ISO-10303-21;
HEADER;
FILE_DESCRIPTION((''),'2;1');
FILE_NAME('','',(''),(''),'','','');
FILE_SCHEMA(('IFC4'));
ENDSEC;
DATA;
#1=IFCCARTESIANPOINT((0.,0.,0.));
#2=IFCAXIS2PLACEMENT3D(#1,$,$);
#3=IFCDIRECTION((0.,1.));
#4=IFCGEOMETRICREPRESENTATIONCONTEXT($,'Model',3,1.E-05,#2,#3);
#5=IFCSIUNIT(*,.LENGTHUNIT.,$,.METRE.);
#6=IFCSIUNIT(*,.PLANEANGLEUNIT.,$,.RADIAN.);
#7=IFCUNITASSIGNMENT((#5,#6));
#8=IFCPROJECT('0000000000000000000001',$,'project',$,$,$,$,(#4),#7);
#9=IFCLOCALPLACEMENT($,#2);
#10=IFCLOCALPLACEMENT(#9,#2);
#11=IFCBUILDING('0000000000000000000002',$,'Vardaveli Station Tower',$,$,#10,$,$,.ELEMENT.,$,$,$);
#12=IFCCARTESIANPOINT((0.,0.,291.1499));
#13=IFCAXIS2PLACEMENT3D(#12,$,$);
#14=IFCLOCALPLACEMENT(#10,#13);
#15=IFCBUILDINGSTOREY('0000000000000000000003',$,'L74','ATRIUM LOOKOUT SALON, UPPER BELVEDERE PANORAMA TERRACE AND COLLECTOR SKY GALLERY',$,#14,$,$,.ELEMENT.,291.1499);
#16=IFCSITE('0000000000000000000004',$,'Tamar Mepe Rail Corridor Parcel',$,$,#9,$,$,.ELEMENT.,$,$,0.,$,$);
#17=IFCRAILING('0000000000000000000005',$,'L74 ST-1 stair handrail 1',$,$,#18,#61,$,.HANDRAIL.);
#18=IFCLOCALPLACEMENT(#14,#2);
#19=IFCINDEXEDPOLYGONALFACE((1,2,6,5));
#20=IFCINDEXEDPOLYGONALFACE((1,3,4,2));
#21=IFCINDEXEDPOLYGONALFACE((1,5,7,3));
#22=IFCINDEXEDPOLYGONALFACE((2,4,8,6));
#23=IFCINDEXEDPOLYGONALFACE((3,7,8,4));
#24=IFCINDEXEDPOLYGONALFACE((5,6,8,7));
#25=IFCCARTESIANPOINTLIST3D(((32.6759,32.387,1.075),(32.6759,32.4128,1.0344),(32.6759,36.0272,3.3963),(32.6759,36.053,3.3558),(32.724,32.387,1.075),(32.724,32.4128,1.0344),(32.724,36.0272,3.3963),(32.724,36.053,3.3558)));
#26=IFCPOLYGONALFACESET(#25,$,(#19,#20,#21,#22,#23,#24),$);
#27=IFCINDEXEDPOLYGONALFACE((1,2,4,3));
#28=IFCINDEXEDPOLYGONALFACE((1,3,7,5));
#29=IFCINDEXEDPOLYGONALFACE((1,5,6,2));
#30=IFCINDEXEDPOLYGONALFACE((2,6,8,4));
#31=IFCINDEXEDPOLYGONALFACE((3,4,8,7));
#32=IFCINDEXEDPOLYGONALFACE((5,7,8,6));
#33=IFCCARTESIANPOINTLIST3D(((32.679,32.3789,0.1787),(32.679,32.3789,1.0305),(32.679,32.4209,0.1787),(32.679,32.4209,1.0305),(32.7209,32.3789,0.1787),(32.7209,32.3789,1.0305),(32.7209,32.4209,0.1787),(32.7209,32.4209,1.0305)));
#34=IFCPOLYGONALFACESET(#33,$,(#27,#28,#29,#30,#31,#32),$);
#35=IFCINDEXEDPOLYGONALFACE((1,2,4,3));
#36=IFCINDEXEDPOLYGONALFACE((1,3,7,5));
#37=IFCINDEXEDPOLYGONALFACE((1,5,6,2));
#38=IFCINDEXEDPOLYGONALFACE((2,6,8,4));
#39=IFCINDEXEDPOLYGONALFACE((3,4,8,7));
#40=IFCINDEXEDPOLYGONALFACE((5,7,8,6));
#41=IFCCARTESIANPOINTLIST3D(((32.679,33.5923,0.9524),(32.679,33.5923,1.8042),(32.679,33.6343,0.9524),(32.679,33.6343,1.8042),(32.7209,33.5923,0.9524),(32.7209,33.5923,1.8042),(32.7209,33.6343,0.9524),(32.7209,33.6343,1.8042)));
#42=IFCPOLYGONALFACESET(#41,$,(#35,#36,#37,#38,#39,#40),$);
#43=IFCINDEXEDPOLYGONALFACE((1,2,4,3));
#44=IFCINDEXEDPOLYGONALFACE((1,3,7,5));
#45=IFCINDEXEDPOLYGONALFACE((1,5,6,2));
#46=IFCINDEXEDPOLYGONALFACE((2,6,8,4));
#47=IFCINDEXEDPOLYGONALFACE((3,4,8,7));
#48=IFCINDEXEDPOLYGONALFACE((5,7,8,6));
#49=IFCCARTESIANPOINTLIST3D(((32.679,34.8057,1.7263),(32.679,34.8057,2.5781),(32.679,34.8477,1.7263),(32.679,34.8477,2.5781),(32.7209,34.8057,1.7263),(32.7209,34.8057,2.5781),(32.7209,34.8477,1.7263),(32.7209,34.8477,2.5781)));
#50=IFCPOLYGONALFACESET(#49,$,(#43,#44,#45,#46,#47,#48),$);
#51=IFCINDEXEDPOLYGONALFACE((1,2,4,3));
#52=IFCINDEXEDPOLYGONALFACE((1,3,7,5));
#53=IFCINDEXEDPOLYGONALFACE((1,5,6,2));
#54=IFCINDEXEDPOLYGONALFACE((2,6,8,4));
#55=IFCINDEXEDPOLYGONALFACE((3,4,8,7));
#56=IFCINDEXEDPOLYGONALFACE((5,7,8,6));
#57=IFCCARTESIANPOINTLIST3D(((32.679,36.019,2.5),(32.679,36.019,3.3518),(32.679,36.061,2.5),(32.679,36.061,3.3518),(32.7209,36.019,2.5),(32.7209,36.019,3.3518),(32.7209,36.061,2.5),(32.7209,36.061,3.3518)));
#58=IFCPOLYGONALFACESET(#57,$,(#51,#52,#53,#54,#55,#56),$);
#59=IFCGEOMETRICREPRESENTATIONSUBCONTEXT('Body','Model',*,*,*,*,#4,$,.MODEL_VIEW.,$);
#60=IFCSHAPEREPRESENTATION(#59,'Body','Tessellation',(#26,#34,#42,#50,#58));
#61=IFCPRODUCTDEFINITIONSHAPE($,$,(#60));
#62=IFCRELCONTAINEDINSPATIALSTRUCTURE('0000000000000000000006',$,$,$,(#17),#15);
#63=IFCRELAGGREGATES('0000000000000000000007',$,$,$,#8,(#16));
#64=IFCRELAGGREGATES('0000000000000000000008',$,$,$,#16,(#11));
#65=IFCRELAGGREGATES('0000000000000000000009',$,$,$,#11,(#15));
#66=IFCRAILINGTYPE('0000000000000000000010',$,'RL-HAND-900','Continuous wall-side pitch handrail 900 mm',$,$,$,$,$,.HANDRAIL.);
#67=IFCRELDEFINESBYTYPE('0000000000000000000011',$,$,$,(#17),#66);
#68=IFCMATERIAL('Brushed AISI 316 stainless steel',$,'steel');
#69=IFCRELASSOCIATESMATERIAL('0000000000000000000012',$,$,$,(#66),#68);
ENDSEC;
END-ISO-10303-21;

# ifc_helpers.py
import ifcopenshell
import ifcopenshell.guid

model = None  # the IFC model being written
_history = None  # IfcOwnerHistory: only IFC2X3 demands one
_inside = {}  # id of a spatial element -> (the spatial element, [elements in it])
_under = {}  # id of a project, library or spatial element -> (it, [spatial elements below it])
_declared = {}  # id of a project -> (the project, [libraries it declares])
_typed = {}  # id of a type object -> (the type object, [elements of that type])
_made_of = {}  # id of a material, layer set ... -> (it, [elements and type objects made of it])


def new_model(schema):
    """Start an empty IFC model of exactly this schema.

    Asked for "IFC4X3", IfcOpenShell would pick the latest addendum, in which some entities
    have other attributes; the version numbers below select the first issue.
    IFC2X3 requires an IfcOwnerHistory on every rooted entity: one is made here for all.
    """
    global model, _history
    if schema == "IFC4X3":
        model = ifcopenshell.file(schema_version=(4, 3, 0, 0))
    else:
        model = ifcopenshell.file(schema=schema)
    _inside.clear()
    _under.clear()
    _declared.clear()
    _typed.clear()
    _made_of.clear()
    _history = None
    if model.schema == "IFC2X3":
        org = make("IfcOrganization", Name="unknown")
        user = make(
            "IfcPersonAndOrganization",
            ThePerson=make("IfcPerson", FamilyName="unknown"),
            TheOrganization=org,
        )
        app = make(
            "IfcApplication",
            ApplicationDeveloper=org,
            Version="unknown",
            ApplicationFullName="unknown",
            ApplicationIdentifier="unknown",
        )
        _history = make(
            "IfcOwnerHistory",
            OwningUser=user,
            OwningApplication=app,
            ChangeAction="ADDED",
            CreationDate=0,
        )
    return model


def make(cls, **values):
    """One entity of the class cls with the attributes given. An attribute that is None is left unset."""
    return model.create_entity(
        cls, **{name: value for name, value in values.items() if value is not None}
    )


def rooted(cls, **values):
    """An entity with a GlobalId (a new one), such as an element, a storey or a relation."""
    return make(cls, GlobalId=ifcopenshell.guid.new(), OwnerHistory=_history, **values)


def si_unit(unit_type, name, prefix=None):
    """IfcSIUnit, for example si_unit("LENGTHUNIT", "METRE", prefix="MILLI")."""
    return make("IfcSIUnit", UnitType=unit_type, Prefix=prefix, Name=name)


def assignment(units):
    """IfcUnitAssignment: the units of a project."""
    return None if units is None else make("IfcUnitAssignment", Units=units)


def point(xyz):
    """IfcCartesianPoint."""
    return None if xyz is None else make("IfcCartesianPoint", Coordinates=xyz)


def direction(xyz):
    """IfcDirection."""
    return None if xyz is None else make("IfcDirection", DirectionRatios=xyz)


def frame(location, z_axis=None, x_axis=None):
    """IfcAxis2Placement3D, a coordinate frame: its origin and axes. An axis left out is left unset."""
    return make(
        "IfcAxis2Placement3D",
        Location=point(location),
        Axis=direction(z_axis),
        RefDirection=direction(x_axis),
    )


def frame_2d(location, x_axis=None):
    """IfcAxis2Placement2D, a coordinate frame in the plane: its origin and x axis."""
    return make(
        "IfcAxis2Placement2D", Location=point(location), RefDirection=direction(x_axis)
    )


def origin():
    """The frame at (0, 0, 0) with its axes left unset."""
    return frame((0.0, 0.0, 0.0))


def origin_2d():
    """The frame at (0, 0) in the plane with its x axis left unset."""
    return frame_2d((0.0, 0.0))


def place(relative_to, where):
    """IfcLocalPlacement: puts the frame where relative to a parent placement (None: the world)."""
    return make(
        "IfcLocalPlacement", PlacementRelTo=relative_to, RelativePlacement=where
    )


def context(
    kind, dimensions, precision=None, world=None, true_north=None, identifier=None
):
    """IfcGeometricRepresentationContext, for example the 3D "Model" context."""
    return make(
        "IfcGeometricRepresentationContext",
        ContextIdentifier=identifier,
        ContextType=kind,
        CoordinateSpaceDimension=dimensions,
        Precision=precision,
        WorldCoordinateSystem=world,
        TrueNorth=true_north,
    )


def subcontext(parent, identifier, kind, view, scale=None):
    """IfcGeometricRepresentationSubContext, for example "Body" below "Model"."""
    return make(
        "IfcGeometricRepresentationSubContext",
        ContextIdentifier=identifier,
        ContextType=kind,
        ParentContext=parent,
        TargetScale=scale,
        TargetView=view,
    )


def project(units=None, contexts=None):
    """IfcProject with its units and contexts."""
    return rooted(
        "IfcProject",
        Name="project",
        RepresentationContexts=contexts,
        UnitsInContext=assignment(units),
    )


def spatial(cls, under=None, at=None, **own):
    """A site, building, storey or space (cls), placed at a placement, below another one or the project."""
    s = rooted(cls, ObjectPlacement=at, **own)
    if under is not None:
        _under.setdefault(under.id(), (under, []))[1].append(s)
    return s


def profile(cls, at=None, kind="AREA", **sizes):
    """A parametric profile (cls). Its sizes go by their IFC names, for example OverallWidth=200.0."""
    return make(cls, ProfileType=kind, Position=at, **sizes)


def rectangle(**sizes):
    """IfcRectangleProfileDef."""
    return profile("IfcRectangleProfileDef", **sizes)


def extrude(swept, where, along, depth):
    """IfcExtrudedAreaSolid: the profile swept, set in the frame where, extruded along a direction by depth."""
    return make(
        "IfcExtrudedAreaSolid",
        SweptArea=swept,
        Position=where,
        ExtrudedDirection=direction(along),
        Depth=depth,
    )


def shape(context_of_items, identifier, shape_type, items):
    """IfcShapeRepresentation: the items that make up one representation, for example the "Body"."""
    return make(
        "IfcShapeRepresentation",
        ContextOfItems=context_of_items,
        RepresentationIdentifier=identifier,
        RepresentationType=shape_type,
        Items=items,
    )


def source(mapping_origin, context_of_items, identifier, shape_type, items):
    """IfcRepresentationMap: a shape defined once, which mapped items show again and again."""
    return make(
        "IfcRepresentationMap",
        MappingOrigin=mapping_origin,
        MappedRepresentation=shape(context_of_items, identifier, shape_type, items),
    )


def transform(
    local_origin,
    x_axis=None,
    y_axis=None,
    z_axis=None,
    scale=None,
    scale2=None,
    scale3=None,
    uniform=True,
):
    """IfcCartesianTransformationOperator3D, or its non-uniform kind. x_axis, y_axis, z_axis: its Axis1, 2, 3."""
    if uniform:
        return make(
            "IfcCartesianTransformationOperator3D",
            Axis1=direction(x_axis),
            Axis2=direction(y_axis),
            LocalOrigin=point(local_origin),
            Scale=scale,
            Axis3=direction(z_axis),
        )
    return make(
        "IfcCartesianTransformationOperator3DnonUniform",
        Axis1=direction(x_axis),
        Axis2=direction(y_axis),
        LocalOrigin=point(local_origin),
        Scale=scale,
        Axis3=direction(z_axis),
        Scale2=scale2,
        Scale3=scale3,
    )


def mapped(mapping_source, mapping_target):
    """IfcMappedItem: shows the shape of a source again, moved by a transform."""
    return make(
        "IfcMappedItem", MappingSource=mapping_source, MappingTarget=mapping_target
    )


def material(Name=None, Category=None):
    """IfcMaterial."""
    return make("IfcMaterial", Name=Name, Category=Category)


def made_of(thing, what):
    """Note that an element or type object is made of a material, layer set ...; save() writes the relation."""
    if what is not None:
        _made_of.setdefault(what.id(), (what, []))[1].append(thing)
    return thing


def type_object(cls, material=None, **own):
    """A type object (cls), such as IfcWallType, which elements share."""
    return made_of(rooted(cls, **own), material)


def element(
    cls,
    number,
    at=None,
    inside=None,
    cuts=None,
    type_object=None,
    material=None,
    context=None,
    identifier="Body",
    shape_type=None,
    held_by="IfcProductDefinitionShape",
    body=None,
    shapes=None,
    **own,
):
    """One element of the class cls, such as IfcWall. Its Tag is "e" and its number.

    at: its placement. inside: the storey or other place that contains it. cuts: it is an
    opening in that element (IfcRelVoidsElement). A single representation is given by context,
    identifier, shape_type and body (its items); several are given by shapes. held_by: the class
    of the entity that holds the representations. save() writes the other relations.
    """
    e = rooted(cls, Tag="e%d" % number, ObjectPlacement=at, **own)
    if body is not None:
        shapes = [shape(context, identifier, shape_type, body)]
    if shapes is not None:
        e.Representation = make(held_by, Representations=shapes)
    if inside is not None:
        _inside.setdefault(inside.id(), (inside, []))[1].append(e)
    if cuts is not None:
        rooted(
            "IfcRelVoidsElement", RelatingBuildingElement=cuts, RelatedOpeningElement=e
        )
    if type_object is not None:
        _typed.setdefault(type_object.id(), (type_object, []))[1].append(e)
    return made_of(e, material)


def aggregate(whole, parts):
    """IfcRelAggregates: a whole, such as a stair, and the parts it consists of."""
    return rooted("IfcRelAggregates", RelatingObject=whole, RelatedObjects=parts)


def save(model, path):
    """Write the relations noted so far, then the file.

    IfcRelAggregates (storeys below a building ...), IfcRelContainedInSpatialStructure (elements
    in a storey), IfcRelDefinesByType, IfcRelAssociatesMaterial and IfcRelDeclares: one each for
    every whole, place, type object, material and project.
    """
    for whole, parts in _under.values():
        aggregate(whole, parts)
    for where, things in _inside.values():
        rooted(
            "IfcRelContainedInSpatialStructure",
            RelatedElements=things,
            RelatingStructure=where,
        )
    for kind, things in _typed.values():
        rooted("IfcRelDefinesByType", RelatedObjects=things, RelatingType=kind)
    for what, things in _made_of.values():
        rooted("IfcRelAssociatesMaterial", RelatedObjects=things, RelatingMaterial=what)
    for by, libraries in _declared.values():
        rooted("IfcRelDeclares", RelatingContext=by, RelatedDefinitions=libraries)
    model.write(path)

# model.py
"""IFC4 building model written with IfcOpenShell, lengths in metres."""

from ifc_helpers import new_model, si_unit, direction, frame, origin, origin_2d, place, context, subcontext, project, spatial, rectangle, extrude, source, transform, mapped, material, type_object, element, save


model = new_model("IFC4")

# Units and contexts
model_context = context("Model", 3, precision=1e-05, world=origin(), true_north=direction((0.0, 1.0)))
body_context = subcontext(model_context, "Body", "Model", "MODEL_VIEW")
ifc_project = project(units=[si_unit("LENGTHUNIT", "METRE"), si_unit("PLANEANGLEUNIT", "RADIAN")], contexts=[model_context])

# Site, building, storey
site_placement = place(None, origin())
site = spatial("IfcSite", under=ifc_project, at=site_placement, Name="Tamar Mepe Rail Corridor Parcel", CompositionType="ELEMENT", RefElevation=0.0)
building_placement = place(site_placement, origin())
building = spatial("IfcBuilding", under=site, at=building_placement, Name="Vardaveli Station Tower", CompositionType="ELEMENT")
storey_placement = place(building_placement, frame((0.0, 0.0, 291.1499)))
storey = spatial("IfcBuildingStorey", under=building, at=storey_placement, Name="L74", Description="ATRIUM LOOKOUT SALON, UPPER BELVEDERE PANORAMA TERRACE AND COLLECTOR SKY GALLERY", CompositionType="ELEMENT", Elevation=291.1499)

# Railing
ifc_material_1 = material(Name="Brushed AISI 316 stainless steel", Category="steel")
railing_type_1 = type_object("IfcRailingType", Name="RL-HAND-900", Description="Continuous wall-side pitch handrail 900 mm", PredefinedType="HANDRAIL", material=ifc_material_1)
shared_shape_1 = source(origin(), body_context, "Body", "SweptSolid", [
    extrude(rectangle(XDim=0.0481, YDim=0.0481, at=origin_2d()), frame((0.0, 0.0, 0.876), z_axis=(0.0, 0.843153, 0.537673), x_axis=(-1.0, 0.0, 0.0)), (0.0, 0.0, 1.0), 4.3174),
    extrude(rectangle(XDim=0.042, YDim=0.042, at=origin_2d()), origin(), (0.0, 0.0, 1.0), 0.8518),
    extrude(rectangle(XDim=0.042, YDim=0.042, at=origin_2d()), frame((0.0, 1.2134, 0.7737)), (0.0, 0.0, 1.0), 0.8518),
    extrude(rectangle(XDim=0.042, YDim=0.042, at=origin_2d()), frame((0.0, 2.4268, 1.5476)), (0.0, 0.0, 1.0), 0.8518),
    extrude(rectangle(XDim=0.042, YDim=0.042, at=origin_2d()), frame((0.0, 3.6401, 2.3213)), (0.0, 0.0, 1.0), 0.8518),
])
railing_placement = place(storey_placement, frame((32.7, 32.3999, 0.1787)))
element("IfcRailing", 1, at=railing_placement, inside=storey, type_object=railing_type_1, Name="L74 ST-1 stair handrail 1", PredefinedType="HANDRAIL", context=body_context, shape_type="MappedRepresentation", body=[
    mapped(shared_shape_1, transform((0.0, 0.0, 0.0), scale=1.0)),
])

save(model, "model.ifc")
